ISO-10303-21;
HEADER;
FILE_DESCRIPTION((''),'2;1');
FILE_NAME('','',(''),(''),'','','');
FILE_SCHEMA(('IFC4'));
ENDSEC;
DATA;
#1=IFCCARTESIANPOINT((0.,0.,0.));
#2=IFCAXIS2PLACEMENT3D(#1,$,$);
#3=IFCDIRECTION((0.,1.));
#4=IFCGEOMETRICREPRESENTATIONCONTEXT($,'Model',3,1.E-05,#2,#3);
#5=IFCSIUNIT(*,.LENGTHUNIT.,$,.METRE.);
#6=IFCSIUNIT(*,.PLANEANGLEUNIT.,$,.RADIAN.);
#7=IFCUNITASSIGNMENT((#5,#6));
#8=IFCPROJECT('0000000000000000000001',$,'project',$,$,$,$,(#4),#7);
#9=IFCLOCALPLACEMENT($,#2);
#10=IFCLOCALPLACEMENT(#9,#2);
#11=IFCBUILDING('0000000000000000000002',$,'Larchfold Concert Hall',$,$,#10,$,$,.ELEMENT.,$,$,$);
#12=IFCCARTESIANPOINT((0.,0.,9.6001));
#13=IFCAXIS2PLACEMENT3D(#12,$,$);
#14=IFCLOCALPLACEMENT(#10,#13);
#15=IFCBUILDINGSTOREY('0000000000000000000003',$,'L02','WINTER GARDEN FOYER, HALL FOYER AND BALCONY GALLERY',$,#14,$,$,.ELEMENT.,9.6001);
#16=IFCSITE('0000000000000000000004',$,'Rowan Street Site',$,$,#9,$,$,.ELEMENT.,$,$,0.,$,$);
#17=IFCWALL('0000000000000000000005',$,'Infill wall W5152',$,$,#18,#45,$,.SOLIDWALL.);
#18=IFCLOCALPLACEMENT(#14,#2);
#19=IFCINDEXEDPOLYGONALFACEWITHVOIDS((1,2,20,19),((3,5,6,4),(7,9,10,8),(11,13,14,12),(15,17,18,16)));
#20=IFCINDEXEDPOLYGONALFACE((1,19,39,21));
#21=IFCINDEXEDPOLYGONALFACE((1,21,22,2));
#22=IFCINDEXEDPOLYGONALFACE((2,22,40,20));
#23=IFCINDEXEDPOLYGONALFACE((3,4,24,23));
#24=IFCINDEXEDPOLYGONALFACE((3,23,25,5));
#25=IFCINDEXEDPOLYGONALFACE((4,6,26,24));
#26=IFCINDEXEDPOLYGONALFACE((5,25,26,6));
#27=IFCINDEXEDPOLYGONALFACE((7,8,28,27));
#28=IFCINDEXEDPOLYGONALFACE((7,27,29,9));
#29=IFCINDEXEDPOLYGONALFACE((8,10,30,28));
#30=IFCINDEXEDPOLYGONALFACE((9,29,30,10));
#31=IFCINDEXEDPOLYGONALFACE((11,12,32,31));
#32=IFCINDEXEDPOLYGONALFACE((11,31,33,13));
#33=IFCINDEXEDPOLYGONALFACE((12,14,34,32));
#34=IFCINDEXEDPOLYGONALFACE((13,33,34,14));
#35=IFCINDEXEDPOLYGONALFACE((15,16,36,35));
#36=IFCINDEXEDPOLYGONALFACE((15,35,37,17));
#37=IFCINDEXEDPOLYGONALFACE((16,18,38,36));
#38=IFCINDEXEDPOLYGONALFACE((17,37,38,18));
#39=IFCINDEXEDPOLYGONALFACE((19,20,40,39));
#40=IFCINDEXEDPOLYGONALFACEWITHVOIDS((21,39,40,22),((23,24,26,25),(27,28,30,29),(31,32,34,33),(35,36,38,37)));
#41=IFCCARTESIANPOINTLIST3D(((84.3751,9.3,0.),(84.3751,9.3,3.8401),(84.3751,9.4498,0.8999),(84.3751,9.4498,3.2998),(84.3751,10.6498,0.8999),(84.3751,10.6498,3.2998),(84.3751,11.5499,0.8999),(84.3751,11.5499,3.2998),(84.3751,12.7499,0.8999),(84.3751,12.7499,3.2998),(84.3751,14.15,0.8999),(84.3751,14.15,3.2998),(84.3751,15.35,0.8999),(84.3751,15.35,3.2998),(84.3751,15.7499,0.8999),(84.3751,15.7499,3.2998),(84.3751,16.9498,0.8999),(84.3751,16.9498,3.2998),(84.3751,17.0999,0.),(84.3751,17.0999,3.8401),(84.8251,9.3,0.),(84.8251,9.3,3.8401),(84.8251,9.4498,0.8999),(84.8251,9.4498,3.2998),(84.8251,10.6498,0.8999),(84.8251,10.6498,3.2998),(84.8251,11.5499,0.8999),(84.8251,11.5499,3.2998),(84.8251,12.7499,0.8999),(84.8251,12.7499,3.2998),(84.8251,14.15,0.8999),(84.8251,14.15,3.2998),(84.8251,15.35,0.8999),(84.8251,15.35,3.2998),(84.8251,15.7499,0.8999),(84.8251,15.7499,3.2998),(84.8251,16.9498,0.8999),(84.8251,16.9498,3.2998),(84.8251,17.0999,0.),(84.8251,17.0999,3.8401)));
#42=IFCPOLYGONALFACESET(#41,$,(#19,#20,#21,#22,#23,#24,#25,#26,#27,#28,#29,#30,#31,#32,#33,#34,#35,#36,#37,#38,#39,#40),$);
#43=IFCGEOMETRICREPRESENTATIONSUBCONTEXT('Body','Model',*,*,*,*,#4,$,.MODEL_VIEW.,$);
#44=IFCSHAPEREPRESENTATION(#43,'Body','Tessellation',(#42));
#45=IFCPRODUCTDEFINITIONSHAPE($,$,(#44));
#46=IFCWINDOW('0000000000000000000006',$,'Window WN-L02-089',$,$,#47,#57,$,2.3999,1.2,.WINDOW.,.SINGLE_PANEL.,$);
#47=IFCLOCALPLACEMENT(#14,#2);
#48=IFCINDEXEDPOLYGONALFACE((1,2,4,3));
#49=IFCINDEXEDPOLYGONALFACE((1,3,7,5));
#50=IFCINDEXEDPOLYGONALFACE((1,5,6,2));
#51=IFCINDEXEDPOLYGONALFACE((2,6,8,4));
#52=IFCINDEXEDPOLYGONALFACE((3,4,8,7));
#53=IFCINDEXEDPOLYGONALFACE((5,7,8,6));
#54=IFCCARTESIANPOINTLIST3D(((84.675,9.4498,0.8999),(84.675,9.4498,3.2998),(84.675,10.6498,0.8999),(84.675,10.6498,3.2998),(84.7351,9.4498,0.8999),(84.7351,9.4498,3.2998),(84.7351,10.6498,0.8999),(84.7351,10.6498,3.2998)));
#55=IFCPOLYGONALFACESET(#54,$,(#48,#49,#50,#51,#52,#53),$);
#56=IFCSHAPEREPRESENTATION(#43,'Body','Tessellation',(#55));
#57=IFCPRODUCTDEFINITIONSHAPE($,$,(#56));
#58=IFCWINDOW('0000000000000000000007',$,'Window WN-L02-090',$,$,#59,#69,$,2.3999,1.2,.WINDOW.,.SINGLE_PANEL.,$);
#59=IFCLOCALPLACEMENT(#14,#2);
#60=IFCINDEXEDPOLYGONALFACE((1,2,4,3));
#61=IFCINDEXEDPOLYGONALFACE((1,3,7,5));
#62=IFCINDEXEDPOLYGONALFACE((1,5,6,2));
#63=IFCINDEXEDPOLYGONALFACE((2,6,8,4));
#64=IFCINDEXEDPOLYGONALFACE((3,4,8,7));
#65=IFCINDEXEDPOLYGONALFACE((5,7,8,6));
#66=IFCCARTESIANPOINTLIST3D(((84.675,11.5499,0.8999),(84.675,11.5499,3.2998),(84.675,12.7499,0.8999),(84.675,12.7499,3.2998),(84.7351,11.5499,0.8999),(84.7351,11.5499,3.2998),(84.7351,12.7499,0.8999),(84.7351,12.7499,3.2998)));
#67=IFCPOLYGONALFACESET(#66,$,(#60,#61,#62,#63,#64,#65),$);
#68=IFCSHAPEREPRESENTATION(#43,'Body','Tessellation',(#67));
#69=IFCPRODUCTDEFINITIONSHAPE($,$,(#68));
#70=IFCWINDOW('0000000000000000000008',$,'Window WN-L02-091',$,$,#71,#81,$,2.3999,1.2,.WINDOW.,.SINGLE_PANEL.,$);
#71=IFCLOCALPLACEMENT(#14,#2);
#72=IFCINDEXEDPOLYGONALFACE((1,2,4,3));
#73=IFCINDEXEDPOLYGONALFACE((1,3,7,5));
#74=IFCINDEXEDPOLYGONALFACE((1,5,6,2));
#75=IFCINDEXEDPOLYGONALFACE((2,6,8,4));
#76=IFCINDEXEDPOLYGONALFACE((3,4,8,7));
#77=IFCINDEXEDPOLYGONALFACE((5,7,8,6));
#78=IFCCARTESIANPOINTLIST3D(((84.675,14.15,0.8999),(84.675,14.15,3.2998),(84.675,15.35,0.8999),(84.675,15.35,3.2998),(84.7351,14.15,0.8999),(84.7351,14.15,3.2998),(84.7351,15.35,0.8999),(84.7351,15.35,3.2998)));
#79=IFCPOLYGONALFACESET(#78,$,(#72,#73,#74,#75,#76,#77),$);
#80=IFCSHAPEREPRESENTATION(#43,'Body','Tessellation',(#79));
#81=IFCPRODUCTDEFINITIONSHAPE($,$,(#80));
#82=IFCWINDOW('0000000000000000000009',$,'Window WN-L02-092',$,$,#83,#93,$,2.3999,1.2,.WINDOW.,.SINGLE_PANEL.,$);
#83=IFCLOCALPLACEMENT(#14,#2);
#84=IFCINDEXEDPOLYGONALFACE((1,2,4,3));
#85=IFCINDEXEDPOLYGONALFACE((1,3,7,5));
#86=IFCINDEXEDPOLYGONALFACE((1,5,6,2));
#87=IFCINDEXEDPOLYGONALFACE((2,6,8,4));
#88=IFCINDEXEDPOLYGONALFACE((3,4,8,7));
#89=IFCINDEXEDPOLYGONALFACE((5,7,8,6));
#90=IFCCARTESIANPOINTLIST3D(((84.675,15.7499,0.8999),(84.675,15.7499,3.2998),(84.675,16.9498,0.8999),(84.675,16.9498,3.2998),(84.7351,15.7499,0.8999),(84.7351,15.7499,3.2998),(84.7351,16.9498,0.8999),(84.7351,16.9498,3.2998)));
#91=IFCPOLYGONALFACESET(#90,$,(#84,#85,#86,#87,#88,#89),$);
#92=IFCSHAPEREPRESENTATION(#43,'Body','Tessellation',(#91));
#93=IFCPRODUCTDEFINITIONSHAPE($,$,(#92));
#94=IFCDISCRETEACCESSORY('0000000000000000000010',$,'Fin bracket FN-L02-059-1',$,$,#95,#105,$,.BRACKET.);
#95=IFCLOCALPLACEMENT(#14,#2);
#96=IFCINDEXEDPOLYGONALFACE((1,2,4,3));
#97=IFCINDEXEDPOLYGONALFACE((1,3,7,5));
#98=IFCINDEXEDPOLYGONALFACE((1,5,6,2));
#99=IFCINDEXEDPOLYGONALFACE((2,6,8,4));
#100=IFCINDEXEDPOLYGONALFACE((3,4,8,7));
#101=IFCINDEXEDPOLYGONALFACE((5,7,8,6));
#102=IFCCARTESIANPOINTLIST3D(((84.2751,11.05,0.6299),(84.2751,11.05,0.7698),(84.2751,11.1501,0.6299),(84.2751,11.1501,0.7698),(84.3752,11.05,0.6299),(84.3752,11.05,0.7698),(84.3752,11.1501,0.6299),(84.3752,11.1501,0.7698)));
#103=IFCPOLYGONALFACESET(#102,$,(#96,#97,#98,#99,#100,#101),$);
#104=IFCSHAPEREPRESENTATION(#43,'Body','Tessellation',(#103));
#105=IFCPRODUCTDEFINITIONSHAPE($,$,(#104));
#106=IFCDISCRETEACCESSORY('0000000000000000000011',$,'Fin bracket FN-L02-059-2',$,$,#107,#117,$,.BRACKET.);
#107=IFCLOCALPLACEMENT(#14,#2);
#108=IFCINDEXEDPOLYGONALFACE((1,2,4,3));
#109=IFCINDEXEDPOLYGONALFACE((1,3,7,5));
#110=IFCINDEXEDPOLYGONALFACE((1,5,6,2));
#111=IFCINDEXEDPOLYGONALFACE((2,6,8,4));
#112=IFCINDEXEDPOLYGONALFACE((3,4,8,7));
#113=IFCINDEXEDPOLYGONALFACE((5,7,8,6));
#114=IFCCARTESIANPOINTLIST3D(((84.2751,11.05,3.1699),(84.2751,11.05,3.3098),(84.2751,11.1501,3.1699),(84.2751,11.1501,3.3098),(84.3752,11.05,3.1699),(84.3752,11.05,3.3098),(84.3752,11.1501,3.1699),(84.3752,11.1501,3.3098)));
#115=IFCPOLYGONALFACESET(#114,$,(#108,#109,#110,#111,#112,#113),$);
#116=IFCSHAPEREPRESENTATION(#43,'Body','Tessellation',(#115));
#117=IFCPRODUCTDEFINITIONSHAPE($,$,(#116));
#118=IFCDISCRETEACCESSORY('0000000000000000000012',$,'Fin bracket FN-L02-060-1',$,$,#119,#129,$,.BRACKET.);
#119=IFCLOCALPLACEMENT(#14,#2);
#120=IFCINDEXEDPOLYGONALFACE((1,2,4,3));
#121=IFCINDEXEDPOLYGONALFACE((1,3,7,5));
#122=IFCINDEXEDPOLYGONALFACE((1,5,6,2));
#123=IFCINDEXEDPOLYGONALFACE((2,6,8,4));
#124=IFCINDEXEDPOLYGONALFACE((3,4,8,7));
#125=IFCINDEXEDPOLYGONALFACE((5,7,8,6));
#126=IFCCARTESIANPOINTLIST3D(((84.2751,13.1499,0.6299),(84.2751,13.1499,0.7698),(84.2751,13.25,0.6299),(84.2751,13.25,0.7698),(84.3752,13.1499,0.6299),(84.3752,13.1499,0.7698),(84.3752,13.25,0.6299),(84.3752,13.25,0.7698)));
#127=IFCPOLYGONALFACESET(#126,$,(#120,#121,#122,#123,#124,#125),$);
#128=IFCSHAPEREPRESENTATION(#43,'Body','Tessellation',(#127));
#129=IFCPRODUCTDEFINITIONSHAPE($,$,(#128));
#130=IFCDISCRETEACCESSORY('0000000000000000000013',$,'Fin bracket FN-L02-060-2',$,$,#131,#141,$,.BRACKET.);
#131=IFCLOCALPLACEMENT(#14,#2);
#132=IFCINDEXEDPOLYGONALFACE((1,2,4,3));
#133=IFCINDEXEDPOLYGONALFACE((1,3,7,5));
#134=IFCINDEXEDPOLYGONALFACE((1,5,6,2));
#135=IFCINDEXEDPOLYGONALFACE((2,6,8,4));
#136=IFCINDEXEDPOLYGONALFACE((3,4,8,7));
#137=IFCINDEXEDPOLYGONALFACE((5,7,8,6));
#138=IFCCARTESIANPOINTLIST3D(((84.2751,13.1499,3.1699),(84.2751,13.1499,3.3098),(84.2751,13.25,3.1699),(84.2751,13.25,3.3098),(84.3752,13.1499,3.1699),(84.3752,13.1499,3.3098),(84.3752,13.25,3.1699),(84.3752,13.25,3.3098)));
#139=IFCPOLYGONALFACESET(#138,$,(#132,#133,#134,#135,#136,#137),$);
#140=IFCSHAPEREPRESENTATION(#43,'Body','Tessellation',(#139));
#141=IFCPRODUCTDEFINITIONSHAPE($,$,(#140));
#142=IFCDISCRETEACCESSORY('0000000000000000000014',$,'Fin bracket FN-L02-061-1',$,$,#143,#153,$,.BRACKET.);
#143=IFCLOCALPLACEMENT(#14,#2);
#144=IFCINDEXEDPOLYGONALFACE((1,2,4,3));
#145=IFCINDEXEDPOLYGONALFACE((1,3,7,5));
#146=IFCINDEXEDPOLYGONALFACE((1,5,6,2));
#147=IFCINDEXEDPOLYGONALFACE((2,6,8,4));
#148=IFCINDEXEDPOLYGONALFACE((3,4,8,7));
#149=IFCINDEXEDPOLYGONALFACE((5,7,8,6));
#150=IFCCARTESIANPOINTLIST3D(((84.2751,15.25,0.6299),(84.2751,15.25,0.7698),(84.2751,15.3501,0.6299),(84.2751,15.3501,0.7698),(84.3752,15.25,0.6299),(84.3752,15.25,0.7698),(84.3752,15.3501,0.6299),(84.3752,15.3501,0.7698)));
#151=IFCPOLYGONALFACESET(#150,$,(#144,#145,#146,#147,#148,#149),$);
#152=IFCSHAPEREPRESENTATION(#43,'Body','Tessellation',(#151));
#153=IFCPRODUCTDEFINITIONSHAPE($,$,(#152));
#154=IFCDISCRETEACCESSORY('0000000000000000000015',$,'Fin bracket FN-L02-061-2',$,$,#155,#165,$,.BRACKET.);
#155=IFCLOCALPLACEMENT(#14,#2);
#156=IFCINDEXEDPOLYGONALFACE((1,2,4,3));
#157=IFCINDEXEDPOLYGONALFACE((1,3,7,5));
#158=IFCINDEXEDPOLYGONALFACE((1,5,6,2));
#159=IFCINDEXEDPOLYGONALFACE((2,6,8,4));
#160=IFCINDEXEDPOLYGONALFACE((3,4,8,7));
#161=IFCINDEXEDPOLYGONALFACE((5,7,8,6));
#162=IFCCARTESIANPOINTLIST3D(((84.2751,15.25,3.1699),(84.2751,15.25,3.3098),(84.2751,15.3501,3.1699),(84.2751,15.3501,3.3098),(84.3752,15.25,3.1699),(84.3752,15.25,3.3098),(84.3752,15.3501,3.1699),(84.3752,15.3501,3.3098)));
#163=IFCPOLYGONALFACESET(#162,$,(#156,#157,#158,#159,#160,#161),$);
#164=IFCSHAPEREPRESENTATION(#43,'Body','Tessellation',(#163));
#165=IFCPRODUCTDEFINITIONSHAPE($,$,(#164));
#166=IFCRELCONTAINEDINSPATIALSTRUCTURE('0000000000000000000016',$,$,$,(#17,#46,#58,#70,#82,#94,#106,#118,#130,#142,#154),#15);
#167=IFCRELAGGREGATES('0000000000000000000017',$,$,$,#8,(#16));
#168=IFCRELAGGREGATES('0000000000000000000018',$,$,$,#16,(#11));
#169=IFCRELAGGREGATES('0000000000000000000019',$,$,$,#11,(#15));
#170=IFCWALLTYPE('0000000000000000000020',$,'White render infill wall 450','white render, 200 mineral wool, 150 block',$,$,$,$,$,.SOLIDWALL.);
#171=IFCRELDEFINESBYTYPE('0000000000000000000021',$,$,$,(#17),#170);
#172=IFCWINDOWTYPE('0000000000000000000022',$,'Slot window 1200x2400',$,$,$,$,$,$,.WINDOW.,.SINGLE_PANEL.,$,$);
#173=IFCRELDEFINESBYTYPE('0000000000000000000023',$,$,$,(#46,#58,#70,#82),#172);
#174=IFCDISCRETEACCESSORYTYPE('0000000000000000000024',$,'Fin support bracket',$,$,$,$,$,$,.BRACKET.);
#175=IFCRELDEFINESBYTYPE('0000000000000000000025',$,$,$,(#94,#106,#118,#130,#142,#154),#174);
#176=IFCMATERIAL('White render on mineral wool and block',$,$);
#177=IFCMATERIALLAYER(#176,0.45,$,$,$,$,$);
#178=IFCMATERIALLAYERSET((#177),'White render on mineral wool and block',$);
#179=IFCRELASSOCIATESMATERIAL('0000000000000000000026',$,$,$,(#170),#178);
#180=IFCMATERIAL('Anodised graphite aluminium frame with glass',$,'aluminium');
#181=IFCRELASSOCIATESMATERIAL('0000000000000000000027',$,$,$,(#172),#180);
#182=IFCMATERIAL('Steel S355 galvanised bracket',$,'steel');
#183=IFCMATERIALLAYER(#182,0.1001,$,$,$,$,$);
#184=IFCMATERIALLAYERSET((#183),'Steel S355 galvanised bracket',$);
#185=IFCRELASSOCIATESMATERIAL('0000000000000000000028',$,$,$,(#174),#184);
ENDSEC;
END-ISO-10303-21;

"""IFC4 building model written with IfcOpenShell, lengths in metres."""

from ifc_helpers import new_model, si_unit, direction, frame, frame_2d, origin, origin_2d, place, context, subcontext, project, spatial, rectangle, extrude, material, layer, layer_set, type_object, element, fill, save


model = new_model("IFC4")

# Units and contexts
model_context = context("Model", 3, precision=1e-05, world=origin(), true_north=direction((0.0, 1.0)))
body_context = subcontext(model_context, "Body", "Model", "MODEL_VIEW")
ifc_project = project(units=[si_unit("LENGTHUNIT", "METRE"), si_unit("PLANEANGLEUNIT", "RADIAN")], contexts=[model_context])

# Site, building, storey
site_placement = place(None, origin())
site = spatial("IfcSite", under=ifc_project, at=site_placement, Name="Rowan Street Site", CompositionType="ELEMENT", RefElevation=0.0)
building_placement = place(site_placement, origin())
building = spatial("IfcBuilding", under=site, at=building_placement, Name="Larchfold Concert Hall", CompositionType="ELEMENT")
storey_placement = place(building_placement, frame((0.0, 0.0, 9.6001)))
storey = spatial("IfcBuildingStorey", under=building, at=storey_placement, Name="L02", Description="WINTER GARDEN FOYER, HALL FOYER AND BALCONY GALLERY", CompositionType="ELEMENT", Elevation=9.6001)

# Wall, openings, windows
ifc_material_1 = material(Name="White render on mineral wool and block")
ifc_layer_1 = layer(ifc_material_1, 0.45)
ifc_layer_set_1 = layer_set([ifc_layer_1], Name="White render on mineral wool and block")
wall_type_1 = type_object("IfcWallType", Name="White render infill wall 450", Description="white render, 200 mineral wool, 150 block", PredefinedType="SOLIDWALL", material=ifc_layer_set_1)
wall_1_placement = place(storey_placement, frame((84.6001, 17.0999, 0.0), z_axis=(0.0, 0.0, 1.0), x_axis=(0.0, -1.0, 0.0)))
wall_1 = element("IfcWall", 1, at=wall_1_placement, inside=storey, type_object=wall_type_1, Name="Infill wall W5152", PredefinedType="SOLIDWALL", context=body_context, shape_type="SweptSolid", body=[
    extrude(rectangle(XDim=7.7998, YDim=0.45, at=frame_2d((3.8999, 0.0))), origin(), (0.0, 0.0, 1.0), 3.8401),
])
opening_1_placement = place(wall_1_placement, frame((6.45, 0.0, 0.8999)))
opening_1 = element("IfcOpeningElement", 2, at=opening_1_placement, cuts=wall_1, PredefinedType="OPENING", context=body_context, shape_type="SweptSolid", body=[
    extrude(rectangle(XDim=1.2, YDim=2.3999, at=frame_2d((0.6001, 1.2))), frame((0.0, 0.2349, 0.0), z_axis=(0.0, -1.0, 0.0), x_axis=(1.0, 0.0, 0.0)), (0.0, 0.0, 1.0), 0.47),
])
opening_2_placement = place(wall_1_placement, frame((4.3499, 0.0, 0.8999)))
opening_2 = element("IfcOpeningElement", 3, at=opening_2_placement, cuts=wall_1, PredefinedType="OPENING", context=body_context, shape_type="SweptSolid", body=[
    extrude(rectangle(XDim=1.2, YDim=2.3999, at=frame_2d((0.6001, 1.2))), frame((0.0, 0.2349, 0.0), z_axis=(0.0, -1.0, 0.0), x_axis=(1.0, 0.0, 0.0)), (0.0, 0.0, 1.0), 0.47),
])
opening_3_placement = place(wall_1_placement, frame((1.7498, 0.0, 0.8999)))
opening_3 = element("IfcOpeningElement", 4, at=opening_3_placement, cuts=wall_1, PredefinedType="OPENING", context=body_context, shape_type="SweptSolid", body=[
    extrude(rectangle(XDim=1.2, YDim=2.3999, at=frame_2d((0.6001, 1.2))), frame((0.0, 0.2349, 0.0), z_axis=(0.0, -1.0, 0.0), x_axis=(1.0, 0.0, 0.0)), (0.0, 0.0, 1.0), 0.47),
])
opening_4_placement = place(wall_1_placement, frame((0.1499, 0.0, 0.8999)))
opening_4 = element("IfcOpeningElement", 5, at=opening_4_placement, cuts=wall_1, PredefinedType="OPENING", context=body_context, shape_type="SweptSolid", body=[
    extrude(rectangle(XDim=1.2, YDim=2.3999, at=frame_2d((0.6001, 1.2))), frame((0.0, 0.2349, 0.0), z_axis=(0.0, -1.0, 0.0), x_axis=(1.0, 0.0, 0.0)), (0.0, 0.0, 1.0), 0.47),
])
ifc_material_2 = material(Name="Anodised graphite aluminium frame with glass", Category="aluminium")
window_type = type_object("IfcWindowType", Name="Slot window 1200x2400", PartitioningType="SINGLE_PANEL", PredefinedType="WINDOW", material=ifc_material_2)
window_1_placement = place(opening_1_placement, origin())
window_1 = element("IfcWindow", 6, at=window_1_placement, inside=storey, type_object=window_type, Name="Window WN-L02-089", OverallHeight=2.3999, OverallWidth=1.2, PartitioningType="SINGLE_PANEL", PredefinedType="WINDOW", context=body_context, shape_type="SweptSolid", body=[
    extrude(rectangle(XDim=1.2, YDim=2.3999, at=frame_2d((0.6001, 1.2))), frame((0.0, 0.135, 0.0), z_axis=(0.0, -1.0, 0.0), x_axis=(1.0, 0.0, 0.0)), (0.0, 0.0, 1.0), 0.0601),
])
fill(opening_1, window_1)
window_2_placement = place(opening_2_placement, origin())
window_2 = element("IfcWindow", 7, at=window_2_placement, inside=storey, type_object=window_type, Name="Window WN-L02-090", OverallHeight=2.3999, OverallWidth=1.2, PartitioningType="SINGLE_PANEL", PredefinedType="WINDOW", context=body_context, shape_type="SweptSolid", body=[
    extrude(rectangle(XDim=1.2, YDim=2.3999, at=frame_2d((0.6001, 1.2))), frame((0.0, 0.135, 0.0), z_axis=(0.0, -1.0, 0.0), x_axis=(1.0, 0.0, 0.0)), (0.0, 0.0, 1.0), 0.0601),
])
fill(opening_2, window_2)
window_3_placement = place(opening_3_placement, origin())
window_3 = element("IfcWindow", 8, at=window_3_placement, inside=storey, type_object=window_type, Name="Window WN-L02-091", OverallHeight=2.3999, OverallWidth=1.2, PartitioningType="SINGLE_PANEL", PredefinedType="WINDOW", context=body_context, shape_type="SweptSolid", body=[
    extrude(rectangle(XDim=1.2, YDim=2.3999, at=frame_2d((0.6001, 1.2))), frame((0.0, 0.135, 0.0), z_axis=(0.0, -1.0, 0.0), x_axis=(1.0, 0.0, 0.0)), (0.0, 0.0, 1.0), 0.0601),
])
fill(opening_3, window_3)
window_4_placement = place(opening_4_placement, origin())
window_4 = element("IfcWindow", 9, at=window_4_placement, inside=storey, type_object=window_type, Name="Window WN-L02-092", OverallHeight=2.3999, OverallWidth=1.2, PartitioningType="SINGLE_PANEL", PredefinedType="WINDOW", context=body_context, shape_type="SweptSolid", body=[
    extrude(rectangle(XDim=1.2, YDim=2.3999, at=frame_2d((0.6001, 1.2))), frame((0.0, 0.135, 0.0), z_axis=(0.0, -1.0, 0.0), x_axis=(1.0, 0.0, 0.0)), (0.0, 0.0, 1.0), 0.0601),
])
fill(opening_4, window_4)

# Discrete accessories
ifc_material_3 = material(Name="Steel S355 galvanised bracket", Category="steel")
ifc_layer_2 = layer(ifc_material_3, 0.1001)
ifc_layer_set_2 = layer_set([ifc_layer_2], Name="Steel S355 galvanised bracket")
discrete_accessory_type = type_object("IfcDiscreteAccessoryType", Name="Fin support bracket", PredefinedType="BRACKET", material=ifc_layer_set_2)
for number, where, z_axis, x_axis, name in (
    (10, (84.3252, 11.1001, 0.6299), (0.0, 0.0, 1.0), (-1.0, 0.0, 0.0), "Fin bracket FN-L02-059-1"),
    (11, (84.3252, 11.1001, 3.1699), (0.0, 0.0, 1.0), (-1.0, 0.0, 0.0), "Fin bracket FN-L02-059-2"),
    (12, (84.3252, 13.2, 0.6299), (0.0, 0.0, 1.0), (-1.0, 0.0, 0.0), "Fin bracket FN-L02-060-1"),
    (13, (84.3252, 13.2, 3.1699), (0.0, 0.0, 1.0), (-1.0, 0.0, 0.0), "Fin bracket FN-L02-060-2"),
    (14, (84.3252, 15.3, 0.6299), (0.0, 0.0, 1.0), (-1.0, 0.0, 0.0), "Fin bracket FN-L02-061-1"),
    (15, (84.3252, 15.3, 3.1699), (0.0, 0.0, 1.0), (-1.0, 0.0, 0.0), "Fin bracket FN-L02-061-2"),
):
    element("IfcDiscreteAccessory", number, at=place(storey_placement, frame(where, z_axis=z_axis, x_axis=x_axis)), inside=storey, type_object=discrete_accessory_type, Name=name, PredefinedType="BRACKET", context=body_context, shape_type="SweptSolid", body=[
        extrude(rectangle(XDim=0.1001, YDim=0.1001, at=origin_2d()), origin(), (0.0, 0.0, 1.0), 0.1399),
    ])

save(model, "model.ifc")
